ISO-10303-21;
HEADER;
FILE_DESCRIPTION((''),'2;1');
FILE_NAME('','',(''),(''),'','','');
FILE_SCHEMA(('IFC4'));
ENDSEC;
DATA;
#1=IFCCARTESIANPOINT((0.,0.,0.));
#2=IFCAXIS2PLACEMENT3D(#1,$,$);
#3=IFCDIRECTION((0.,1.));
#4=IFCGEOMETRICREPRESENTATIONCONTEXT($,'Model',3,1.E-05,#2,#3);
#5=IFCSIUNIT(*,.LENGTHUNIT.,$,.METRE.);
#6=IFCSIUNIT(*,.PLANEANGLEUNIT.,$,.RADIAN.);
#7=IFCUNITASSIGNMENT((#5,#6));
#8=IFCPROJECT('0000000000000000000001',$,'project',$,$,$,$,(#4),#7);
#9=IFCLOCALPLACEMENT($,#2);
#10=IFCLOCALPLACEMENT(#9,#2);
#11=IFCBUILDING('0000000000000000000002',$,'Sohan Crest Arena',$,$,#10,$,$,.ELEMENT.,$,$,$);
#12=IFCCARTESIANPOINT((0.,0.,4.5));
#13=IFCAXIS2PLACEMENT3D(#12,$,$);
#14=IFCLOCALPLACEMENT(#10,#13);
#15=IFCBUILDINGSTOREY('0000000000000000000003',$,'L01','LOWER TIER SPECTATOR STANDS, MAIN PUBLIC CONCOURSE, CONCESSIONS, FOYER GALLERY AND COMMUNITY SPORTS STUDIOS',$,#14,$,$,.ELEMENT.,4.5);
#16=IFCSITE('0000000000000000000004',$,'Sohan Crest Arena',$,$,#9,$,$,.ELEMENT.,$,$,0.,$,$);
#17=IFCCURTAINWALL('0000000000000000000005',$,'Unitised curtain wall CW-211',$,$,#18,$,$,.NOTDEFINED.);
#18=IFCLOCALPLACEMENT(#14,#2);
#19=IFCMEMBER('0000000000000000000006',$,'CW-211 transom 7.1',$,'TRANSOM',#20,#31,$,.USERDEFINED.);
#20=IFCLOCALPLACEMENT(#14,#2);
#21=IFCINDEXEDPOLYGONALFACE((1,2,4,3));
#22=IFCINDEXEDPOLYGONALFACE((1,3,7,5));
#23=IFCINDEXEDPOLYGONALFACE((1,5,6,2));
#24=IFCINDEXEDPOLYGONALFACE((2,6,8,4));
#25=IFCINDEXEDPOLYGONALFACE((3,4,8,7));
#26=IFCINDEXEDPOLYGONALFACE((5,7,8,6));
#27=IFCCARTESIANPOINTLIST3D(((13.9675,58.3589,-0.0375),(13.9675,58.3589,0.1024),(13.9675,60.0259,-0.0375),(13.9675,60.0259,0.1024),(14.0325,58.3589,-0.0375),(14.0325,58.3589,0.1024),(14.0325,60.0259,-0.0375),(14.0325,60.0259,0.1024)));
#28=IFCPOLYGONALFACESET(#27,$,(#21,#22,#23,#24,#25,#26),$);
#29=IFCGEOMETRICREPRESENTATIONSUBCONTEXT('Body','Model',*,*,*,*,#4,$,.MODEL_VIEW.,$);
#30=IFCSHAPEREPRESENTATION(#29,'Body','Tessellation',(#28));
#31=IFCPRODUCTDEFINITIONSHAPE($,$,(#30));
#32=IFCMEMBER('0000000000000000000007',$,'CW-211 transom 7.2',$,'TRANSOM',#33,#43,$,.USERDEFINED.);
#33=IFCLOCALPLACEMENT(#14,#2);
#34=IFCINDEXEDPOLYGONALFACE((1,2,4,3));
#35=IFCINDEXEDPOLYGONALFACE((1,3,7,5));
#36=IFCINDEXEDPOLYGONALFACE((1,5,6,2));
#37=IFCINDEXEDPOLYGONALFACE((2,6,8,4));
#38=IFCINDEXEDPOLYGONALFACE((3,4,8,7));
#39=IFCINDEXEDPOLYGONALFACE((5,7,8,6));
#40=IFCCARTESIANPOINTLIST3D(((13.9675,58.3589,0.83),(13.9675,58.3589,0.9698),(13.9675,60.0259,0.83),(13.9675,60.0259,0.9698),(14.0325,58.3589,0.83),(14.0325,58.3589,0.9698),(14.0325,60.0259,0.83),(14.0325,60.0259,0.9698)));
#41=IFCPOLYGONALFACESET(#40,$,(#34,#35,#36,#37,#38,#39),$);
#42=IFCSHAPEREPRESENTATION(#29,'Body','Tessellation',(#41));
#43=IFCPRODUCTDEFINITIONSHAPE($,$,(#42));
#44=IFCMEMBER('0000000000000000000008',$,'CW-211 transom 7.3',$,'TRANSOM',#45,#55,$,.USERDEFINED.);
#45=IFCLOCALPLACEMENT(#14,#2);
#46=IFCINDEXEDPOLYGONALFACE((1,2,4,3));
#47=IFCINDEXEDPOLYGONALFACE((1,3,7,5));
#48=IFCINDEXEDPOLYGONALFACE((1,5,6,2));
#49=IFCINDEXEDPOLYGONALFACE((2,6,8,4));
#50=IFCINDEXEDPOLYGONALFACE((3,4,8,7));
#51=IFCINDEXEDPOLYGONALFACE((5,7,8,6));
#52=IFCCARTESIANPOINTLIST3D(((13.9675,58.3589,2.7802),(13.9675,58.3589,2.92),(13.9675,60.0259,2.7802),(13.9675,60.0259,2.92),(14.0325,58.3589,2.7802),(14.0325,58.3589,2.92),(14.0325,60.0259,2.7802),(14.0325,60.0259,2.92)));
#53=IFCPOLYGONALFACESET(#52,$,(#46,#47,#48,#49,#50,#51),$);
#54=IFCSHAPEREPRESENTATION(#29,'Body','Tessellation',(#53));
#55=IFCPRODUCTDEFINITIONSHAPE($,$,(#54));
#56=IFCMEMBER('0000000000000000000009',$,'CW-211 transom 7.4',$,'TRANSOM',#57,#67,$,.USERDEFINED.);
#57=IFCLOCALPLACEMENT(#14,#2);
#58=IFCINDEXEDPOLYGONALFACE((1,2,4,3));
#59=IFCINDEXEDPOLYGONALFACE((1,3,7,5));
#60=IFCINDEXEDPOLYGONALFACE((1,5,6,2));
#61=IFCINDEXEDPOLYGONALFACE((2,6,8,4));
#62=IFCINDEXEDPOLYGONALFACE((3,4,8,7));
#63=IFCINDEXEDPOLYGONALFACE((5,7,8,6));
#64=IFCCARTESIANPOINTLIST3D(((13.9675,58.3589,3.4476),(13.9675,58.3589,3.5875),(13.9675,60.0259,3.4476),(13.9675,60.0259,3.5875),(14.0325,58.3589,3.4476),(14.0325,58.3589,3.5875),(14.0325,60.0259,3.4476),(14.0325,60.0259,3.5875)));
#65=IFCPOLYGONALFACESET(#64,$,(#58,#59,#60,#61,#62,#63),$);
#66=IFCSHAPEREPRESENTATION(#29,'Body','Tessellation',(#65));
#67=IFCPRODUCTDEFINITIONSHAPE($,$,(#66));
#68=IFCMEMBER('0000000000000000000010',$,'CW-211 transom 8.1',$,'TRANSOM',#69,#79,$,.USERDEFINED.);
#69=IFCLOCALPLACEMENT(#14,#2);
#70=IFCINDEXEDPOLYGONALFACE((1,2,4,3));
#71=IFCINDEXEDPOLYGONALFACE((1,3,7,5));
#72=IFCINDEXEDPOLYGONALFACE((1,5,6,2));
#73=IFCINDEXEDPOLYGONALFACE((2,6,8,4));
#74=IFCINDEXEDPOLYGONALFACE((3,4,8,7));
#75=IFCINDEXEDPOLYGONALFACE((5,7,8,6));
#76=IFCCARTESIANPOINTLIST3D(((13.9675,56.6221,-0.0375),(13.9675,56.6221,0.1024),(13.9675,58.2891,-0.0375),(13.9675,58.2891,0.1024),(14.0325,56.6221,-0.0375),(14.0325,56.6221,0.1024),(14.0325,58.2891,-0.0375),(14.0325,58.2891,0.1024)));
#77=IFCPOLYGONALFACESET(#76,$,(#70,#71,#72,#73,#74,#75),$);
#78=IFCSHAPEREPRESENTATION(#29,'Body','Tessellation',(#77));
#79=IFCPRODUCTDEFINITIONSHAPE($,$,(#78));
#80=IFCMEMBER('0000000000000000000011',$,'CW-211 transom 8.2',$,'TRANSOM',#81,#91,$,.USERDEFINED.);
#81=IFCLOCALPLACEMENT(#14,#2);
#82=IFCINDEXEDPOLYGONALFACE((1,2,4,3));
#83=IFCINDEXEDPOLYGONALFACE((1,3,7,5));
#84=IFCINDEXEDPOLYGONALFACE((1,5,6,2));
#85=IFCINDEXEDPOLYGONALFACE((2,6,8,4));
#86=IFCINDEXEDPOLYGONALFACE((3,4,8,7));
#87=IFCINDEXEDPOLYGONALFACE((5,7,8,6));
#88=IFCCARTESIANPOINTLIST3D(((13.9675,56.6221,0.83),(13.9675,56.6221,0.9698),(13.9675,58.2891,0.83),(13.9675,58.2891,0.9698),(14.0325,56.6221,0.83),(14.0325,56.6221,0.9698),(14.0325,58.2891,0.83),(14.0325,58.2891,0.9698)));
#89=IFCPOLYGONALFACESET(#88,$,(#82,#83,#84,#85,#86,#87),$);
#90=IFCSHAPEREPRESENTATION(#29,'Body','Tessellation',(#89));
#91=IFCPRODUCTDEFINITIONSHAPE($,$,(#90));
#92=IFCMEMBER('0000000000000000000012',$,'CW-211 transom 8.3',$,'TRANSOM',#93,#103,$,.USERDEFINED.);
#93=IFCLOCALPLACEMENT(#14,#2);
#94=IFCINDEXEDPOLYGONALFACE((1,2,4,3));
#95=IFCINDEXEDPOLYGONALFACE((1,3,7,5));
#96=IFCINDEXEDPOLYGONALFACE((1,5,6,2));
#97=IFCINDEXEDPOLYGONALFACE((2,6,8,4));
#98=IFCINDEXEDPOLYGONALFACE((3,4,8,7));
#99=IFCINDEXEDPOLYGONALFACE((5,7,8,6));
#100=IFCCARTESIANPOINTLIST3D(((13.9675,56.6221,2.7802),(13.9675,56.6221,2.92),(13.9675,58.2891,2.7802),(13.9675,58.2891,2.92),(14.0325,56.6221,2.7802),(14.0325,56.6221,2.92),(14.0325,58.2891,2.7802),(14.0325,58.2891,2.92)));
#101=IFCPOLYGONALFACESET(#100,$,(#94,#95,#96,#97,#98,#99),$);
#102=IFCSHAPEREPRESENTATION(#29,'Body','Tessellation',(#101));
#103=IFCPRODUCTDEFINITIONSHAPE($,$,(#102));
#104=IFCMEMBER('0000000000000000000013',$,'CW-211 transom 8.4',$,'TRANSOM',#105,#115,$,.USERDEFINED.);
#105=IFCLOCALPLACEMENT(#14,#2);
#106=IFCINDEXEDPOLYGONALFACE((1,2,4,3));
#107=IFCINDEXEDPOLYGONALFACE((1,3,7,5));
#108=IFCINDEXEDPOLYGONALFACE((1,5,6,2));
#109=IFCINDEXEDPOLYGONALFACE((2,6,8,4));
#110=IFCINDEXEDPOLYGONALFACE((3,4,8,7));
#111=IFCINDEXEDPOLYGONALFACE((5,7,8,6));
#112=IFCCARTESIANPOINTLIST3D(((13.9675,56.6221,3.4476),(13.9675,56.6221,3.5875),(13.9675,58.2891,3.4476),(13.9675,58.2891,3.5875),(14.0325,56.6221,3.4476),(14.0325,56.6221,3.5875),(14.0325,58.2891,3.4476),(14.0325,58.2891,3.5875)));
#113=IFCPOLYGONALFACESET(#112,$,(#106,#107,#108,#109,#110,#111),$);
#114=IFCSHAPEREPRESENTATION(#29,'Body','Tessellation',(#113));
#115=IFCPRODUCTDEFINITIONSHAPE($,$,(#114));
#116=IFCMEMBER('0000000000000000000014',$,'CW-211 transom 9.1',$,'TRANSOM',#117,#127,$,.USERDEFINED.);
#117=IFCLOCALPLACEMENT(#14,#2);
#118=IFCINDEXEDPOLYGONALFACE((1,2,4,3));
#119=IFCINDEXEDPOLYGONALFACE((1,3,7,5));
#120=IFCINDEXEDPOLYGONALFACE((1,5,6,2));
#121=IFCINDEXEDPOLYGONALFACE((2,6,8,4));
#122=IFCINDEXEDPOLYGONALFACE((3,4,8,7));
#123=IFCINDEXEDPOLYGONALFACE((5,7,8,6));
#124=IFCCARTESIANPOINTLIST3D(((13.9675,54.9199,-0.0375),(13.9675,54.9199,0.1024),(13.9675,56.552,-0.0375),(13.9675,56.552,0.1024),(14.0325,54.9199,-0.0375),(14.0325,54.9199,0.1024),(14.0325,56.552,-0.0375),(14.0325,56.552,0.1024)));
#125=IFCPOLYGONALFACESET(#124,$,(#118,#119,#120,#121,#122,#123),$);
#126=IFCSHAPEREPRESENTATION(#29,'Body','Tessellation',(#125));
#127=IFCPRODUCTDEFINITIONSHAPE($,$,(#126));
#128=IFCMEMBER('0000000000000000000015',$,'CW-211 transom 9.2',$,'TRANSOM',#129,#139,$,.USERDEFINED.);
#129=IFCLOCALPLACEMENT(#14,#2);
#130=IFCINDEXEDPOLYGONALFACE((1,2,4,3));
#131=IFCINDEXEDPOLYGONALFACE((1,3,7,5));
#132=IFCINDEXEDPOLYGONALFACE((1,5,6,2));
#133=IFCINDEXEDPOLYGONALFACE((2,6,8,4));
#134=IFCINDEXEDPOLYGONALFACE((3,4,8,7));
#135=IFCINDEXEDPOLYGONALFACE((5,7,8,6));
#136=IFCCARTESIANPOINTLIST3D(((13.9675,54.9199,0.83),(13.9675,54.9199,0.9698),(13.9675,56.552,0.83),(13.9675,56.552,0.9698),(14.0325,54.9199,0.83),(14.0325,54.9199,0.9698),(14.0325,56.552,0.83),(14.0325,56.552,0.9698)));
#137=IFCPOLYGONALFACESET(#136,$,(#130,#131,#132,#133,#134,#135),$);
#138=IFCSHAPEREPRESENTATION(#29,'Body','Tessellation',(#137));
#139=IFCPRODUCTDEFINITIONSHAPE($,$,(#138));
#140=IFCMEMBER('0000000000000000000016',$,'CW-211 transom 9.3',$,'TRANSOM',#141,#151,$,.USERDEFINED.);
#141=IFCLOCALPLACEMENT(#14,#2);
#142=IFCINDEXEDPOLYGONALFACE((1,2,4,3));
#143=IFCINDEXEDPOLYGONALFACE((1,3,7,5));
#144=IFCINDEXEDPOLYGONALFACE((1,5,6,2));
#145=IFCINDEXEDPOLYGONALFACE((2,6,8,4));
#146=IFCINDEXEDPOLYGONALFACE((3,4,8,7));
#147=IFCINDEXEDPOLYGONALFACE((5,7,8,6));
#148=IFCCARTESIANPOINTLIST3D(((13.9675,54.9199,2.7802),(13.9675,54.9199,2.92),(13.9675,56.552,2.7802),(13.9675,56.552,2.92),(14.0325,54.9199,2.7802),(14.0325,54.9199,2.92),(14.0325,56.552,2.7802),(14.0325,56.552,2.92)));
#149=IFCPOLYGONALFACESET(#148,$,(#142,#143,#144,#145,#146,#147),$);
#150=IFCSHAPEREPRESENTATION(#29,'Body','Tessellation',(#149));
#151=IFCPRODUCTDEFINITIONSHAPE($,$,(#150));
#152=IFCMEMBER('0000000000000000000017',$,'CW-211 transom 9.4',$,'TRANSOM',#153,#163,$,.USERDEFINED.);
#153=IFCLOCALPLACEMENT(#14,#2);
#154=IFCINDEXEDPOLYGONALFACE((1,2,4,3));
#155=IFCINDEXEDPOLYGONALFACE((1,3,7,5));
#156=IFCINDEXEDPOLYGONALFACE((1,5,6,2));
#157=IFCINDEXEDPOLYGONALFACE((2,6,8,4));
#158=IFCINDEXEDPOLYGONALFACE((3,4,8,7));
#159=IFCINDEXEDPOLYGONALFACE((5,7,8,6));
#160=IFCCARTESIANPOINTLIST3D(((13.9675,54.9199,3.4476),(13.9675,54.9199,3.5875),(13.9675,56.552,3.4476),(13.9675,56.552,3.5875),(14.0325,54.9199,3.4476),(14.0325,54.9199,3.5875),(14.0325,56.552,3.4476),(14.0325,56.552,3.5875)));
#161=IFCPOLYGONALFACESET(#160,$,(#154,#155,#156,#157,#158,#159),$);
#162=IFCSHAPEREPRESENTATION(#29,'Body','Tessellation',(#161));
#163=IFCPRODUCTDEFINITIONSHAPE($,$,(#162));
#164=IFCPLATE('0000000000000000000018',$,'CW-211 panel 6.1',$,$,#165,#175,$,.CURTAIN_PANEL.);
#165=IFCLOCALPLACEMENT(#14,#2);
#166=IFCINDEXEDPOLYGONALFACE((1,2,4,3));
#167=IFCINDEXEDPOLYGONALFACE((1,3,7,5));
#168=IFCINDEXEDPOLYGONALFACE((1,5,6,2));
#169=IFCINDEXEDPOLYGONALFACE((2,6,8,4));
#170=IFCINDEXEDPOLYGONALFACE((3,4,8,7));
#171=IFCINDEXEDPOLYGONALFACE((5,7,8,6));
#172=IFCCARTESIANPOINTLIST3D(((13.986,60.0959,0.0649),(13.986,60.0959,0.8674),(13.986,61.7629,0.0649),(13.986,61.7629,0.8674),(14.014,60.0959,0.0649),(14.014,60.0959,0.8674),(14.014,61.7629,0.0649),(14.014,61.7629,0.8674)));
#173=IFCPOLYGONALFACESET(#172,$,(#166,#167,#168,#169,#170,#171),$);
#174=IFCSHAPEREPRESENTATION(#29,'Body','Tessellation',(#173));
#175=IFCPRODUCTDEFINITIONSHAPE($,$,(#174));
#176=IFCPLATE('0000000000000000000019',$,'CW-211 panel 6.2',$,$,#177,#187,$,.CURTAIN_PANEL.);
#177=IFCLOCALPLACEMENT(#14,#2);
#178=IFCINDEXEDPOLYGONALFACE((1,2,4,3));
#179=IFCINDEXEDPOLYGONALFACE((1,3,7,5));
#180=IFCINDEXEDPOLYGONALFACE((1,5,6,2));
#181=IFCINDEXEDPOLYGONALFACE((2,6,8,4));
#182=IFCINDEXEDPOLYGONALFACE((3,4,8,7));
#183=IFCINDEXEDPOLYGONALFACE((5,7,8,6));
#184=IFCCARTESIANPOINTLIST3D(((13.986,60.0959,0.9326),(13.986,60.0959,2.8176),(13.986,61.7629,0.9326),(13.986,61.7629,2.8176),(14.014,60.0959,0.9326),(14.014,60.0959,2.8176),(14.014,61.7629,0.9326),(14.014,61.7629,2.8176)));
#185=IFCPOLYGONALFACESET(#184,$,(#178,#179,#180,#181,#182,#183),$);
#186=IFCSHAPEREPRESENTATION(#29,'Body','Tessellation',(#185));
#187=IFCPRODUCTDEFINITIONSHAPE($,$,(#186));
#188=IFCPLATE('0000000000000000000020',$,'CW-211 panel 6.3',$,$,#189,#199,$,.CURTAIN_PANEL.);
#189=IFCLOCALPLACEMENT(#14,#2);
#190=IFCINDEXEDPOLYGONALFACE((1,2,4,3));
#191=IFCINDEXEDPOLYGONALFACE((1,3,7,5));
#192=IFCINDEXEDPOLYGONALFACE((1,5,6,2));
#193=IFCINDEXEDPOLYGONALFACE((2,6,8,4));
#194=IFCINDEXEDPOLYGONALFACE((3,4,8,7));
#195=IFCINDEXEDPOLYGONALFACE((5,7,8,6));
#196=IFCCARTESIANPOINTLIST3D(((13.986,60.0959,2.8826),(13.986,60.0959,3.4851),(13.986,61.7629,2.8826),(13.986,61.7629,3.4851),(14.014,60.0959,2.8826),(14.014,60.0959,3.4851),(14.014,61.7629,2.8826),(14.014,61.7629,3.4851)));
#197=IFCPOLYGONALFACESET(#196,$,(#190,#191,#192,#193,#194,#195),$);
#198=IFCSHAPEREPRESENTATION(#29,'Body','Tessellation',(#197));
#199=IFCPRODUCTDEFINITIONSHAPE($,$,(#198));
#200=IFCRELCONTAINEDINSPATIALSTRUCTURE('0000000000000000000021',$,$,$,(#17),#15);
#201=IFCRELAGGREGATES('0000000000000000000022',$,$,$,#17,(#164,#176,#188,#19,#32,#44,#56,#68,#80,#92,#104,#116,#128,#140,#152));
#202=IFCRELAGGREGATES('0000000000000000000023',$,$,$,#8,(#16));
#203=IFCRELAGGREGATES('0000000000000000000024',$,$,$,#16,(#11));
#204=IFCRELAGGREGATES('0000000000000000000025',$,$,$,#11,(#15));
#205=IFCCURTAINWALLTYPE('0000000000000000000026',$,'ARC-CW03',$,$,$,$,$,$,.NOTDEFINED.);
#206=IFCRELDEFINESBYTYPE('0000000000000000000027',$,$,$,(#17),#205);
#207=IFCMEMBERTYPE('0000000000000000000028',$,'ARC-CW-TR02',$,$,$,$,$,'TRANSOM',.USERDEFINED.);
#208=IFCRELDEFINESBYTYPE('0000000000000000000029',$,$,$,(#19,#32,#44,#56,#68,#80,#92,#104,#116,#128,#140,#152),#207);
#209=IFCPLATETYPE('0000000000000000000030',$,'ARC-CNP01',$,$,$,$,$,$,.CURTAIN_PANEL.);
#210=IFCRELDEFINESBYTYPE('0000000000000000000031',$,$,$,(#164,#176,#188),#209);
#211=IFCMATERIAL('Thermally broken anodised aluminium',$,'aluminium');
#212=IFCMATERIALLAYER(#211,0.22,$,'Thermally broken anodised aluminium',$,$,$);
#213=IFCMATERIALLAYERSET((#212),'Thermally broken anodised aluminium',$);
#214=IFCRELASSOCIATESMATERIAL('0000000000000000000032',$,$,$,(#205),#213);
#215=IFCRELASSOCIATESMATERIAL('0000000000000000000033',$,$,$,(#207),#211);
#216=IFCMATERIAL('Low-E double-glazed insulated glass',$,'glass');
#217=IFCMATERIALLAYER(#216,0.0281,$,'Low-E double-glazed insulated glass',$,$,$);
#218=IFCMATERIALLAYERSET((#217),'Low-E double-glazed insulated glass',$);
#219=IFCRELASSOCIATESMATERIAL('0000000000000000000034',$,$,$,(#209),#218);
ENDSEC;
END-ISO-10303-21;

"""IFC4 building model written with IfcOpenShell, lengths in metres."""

from ifc_helpers import new_model, si_unit, direction, frame, origin, origin_2d, place, context, subcontext, project, spatial, rectangle, extrude, material, layer, layer_set, material_profile, profile_set, type_object, element, aggregate, save


model = new_model("IFC4")

# Units and contexts
model_context = context("Model", 3, precision=1e-05, world=origin(), true_north=direction((0.0, 1.0)))
body_context = subcontext(model_context, "Body", "Model", "MODEL_VIEW")
ifc_project = project(units=[si_unit("LENGTHUNIT", "METRE"), si_unit("PLANEANGLEUNIT", "RADIAN")], contexts=[model_context])

# Site, building, storey
site_placement = place(None, origin())
site = spatial("IfcSite", under=ifc_project, at=site_placement, Name="Sohan Crest Arena", CompositionType="ELEMENT", RefElevation=0.0)
building_placement = place(site_placement, origin())
building = spatial("IfcBuilding", under=site, at=building_placement, Name="Sohan Crest Arena", CompositionType="ELEMENT")
storey_placement = place(building_placement, frame((0.0, 0.0, 4.5)))
storey = spatial("IfcBuildingStorey", under=building, at=storey_placement, Name="L01", Description="LOWER TIER SPECTATOR STANDS, MAIN PUBLIC CONCOURSE, CONCESSIONS, FOYER GALLERY AND COMMUNITY SPORTS STUDIOS", CompositionType="ELEMENT", Elevation=4.5)

# Shared definitions
ifc_material_1 = material(Name="Thermally broken anodised aluminium", Category="aluminium")

# Curtain wall
ifc_layer_1 = layer(ifc_material_1, 0.22, Name="Thermally broken anodised aluminium")
ifc_layer_set_1 = layer_set([ifc_layer_1], Name="Thermally broken anodised aluminium")
curtain_wall_type_1 = type_object("IfcCurtainWallType", Name="ARC-CW03", PredefinedType="NOTDEFINED", material=ifc_layer_set_1)
curtain_wall_1_placement = place(storey_placement, origin())
curtain_wall_1 = element("IfcCurtainWall", 1, at=curtain_wall_1_placement, inside=storey, type_object=curtain_wall_type_1, Name="Unitised curtain wall CW-211", PredefinedType="NOTDEFINED")

# Members
ifc_material_profile_1 = material_profile(ifc_material_1, rectangle(XDim=0.0649, YDim=0.1399, at=origin_2d()), Name="ALU-TRAN 65x140")
ifc_profile_set_1 = profile_set([ifc_material_profile_1], Name="Thermally broken anodised aluminium")
member_type_1 = type_object("IfcMemberType", Name="ARC-CW-TR02", ElementType="TRANSOM", PredefinedType="USERDEFINED", material=ifc_profile_set_1)
member_1_placement = place(storey_placement, frame((14.0, 60.0259, 0.0325), z_axis=(0.0, -1.0, 0.0), x_axis=(1.0, 0.0, 0.0)))
member_1 = element("IfcMember", 2, at=member_1_placement, type_object=member_type_1, Name="CW-211 transom 7.1", ObjectType="TRANSOM", PredefinedType="USERDEFINED", context=body_context, shape_type="SweptSolid", body=[
    extrude(rectangle(XDim=0.0649, YDim=0.1399, at=origin_2d()), origin(), (0.0, 0.0, 1.0), 1.667),
])
member_2_placement = place(storey_placement, frame((14.0, 60.0259, 0.8999), z_axis=(0.0, -1.0, 0.0), x_axis=(1.0, 0.0, 0.0)))
member_2 = element("IfcMember", 3, at=member_2_placement, type_object=member_type_1, Name="CW-211 transom 7.2", ObjectType="TRANSOM", PredefinedType="USERDEFINED", context=body_context, shape_type="SweptSolid", body=[
    extrude(rectangle(XDim=0.0649, YDim=0.1399, at=origin_2d()), origin(), (0.0, 0.0, 1.0), 1.667),
])
member_3_placement = place(storey_placement, frame((14.0, 60.0259, 2.8501), z_axis=(0.0, -1.0, 0.0), x_axis=(1.0, 0.0, 0.0)))
member_3 = element("IfcMember", 4, at=member_3_placement, type_object=member_type_1, Name="CW-211 transom 7.3", ObjectType="TRANSOM", PredefinedType="USERDEFINED", context=body_context, shape_type="SweptSolid", body=[
    extrude(rectangle(XDim=0.0649, YDim=0.1399, at=origin_2d()), origin(), (0.0, 0.0, 1.0), 1.667),
])
member_4_placement = place(storey_placement, frame((14.0, 60.0259, 3.5176), z_axis=(0.0, -1.0, 0.0), x_axis=(1.0, 0.0, 0.0)))
member_4 = element("IfcMember", 5, at=member_4_placement, type_object=member_type_1, Name="CW-211 transom 7.4", ObjectType="TRANSOM", PredefinedType="USERDEFINED", context=body_context, shape_type="SweptSolid", body=[
    extrude(rectangle(XDim=0.0649, YDim=0.1399, at=origin_2d()), origin(), (0.0, 0.0, 1.0), 1.667),
])
member_5_placement = place(storey_placement, frame((14.0, 58.2891, 0.0325), z_axis=(0.0, -1.0, 0.0), x_axis=(1.0, 0.0, 0.0)))
member_5 = element("IfcMember", 6, at=member_5_placement, type_object=member_type_1, Name="CW-211 transom 8.1", ObjectType="TRANSOM", PredefinedType="USERDEFINED", context=body_context, shape_type="SweptSolid", body=[
    extrude(rectangle(XDim=0.0649, YDim=0.1399, at=origin_2d()), origin(), (0.0, 0.0, 1.0), 1.667),
])
member_6_placement = place(storey_placement, frame((14.0, 58.2891, 0.8999), z_axis=(0.0, -1.0, 0.0), x_axis=(1.0, 0.0, 0.0)))
member_6 = element("IfcMember", 7, at=member_6_placement, type_object=member_type_1, Name="CW-211 transom 8.2", ObjectType="TRANSOM", PredefinedType="USERDEFINED", context=body_context, shape_type="SweptSolid", body=[
    extrude(rectangle(XDim=0.0649, YDim=0.1399, at=origin_2d()), origin(), (0.0, 0.0, 1.0), 1.667),
])
member_7_placement = place(storey_placement, frame((14.0, 58.2891, 2.8501), z_axis=(0.0, -1.0, 0.0), x_axis=(1.0, 0.0, 0.0)))
member_7 = element("IfcMember", 8, at=member_7_placement, type_object=member_type_1, Name="CW-211 transom 8.3", ObjectType="TRANSOM", PredefinedType="USERDEFINED", context=body_context, shape_type="SweptSolid", body=[
    extrude(rectangle(XDim=0.0649, YDim=0.1399, at=origin_2d()), origin(), (0.0, 0.0, 1.0), 1.667),
])
member_8_placement = place(storey_placement, frame((14.0, 58.2891, 3.5176), z_axis=(0.0, -1.0, 0.0), x_axis=(1.0, 0.0, 0.0)))
member_8 = element("IfcMember", 9, at=member_8_placement, type_object=member_type_1, Name="CW-211 transom 8.4", ObjectType="TRANSOM", PredefinedType="USERDEFINED", context=body_context, shape_type="SweptSolid", body=[
    extrude(rectangle(XDim=0.0649, YDim=0.1399, at=origin_2d()), origin(), (0.0, 0.0, 1.0), 1.667),
])
member_9_placement = place(storey_placement, frame((14.0, 56.552, 0.0325), z_axis=(0.0, -1.0, 0.0), x_axis=(1.0, 0.0, 0.0)))
member_9 = element("IfcMember", 10, at=member_9_placement, type_object=member_type_1, Name="CW-211 transom 9.1", ObjectType="TRANSOM", PredefinedType="USERDEFINED", context=body_context, shape_type="SweptSolid", body=[
    extrude(rectangle(XDim=0.0649, YDim=0.1399, at=origin_2d()), origin(), (0.0, 0.0, 1.0), 1.6321),
])
member_10_placement = place(storey_placement, frame((14.0, 56.552, 0.8999), z_axis=(0.0, -1.0, 0.0), x_axis=(1.0, 0.0, 0.0)))
member_10 = element("IfcMember", 11, at=member_10_placement, type_object=member_type_1, Name="CW-211 transom 9.2", ObjectType="TRANSOM", PredefinedType="USERDEFINED", context=body_context, shape_type="SweptSolid", body=[
    extrude(rectangle(XDim=0.0649, YDim=0.1399, at=origin_2d()), origin(), (0.0, 0.0, 1.0), 1.6321),
])
member_11_placement = place(storey_placement, frame((14.0, 56.552, 2.8501), z_axis=(0.0, -1.0, 0.0), x_axis=(1.0, 0.0, 0.0)))
member_11 = element("IfcMember", 12, at=member_11_placement, type_object=member_type_1, Name="CW-211 transom 9.3", ObjectType="TRANSOM", PredefinedType="USERDEFINED", context=body_context, shape_type="SweptSolid", body=[
    extrude(rectangle(XDim=0.0649, YDim=0.1399, at=origin_2d()), origin(), (0.0, 0.0, 1.0), 1.6321),
])
member_12_placement = place(storey_placement, frame((14.0, 56.552, 3.5176), z_axis=(0.0, -1.0, 0.0), x_axis=(1.0, 0.0, 0.0)))
member_12 = element("IfcMember", 13, at=member_12_placement, type_object=member_type_1, Name="CW-211 transom 9.4", ObjectType="TRANSOM", PredefinedType="USERDEFINED", context=body_context, shape_type="SweptSolid", body=[
    extrude(rectangle(XDim=0.0649, YDim=0.1399, at=origin_2d()), origin(), (0.0, 0.0, 1.0), 1.6321),
])

# Plates
ifc_material_2 = material(Name="Low-E double-glazed insulated glass", Category="glass")
ifc_layer_2 = layer(ifc_material_2, 0.0281, Name="Low-E double-glazed insulated glass")
ifc_layer_set_2 = layer_set([ifc_layer_2], Name="Low-E double-glazed insulated glass")
plate_type = type_object("IfcPlateType", Name="ARC-CNP01", PredefinedType="CURTAIN_PANEL", material=ifc_layer_set_2)
plate_1_placement = place(storey_placement, frame((14.0, 60.9294, 0.0649), z_axis=(0.0, 0.0, 1.0), x_axis=(0.0, -1.0, 0.0)))
plate_1 = element("IfcPlate", 14, at=plate_1_placement, type_object=plate_type, Name="CW-211 panel 6.1", PredefinedType="CURTAIN_PANEL", context=body_context, shape_type="SweptSolid", body=[
    extrude(rectangle(XDim=1.667, YDim=0.0281, at=origin_2d()), origin(), (0.0, 0.0, 1.0), 0.8025),
])
plate_2_placement = place(storey_placement, frame((14.0, 60.9294, 0.9326), z_axis=(0.0, 0.0, 1.0), x_axis=(0.0, -1.0, 0.0)))
plate_2 = element("IfcPlate", 15, at=plate_2_placement, type_object=plate_type, Name="CW-211 panel 6.2", PredefinedType="CURTAIN_PANEL", context=body_context, shape_type="SweptSolid", body=[
    extrude(rectangle(XDim=1.667, YDim=0.0281, at=origin_2d()), origin(), (0.0, 0.0, 1.0), 1.885),
])
plate_3_placement = place(storey_placement, frame((14.0, 60.9294, 2.8826), z_axis=(0.0, 0.0, 1.0), x_axis=(0.0, -1.0, 0.0)))
plate_3 = element("IfcPlate", 16, at=plate_3_placement, type_object=plate_type, Name="CW-211 panel 6.3", PredefinedType="CURTAIN_PANEL", context=body_context, shape_type="SweptSolid", body=[
    extrude(rectangle(XDim=1.667, YDim=0.0281, at=origin_2d()), origin(), (0.0, 0.0, 1.0), 0.6025),
])
aggregate(curtain_wall_1, [plate_1, plate_2, plate_3, member_1, member_2, member_3, member_4, member_5, member_6, member_7, member_8, member_9, member_10, member_11, member_12])

save(model, "model.ifc")
